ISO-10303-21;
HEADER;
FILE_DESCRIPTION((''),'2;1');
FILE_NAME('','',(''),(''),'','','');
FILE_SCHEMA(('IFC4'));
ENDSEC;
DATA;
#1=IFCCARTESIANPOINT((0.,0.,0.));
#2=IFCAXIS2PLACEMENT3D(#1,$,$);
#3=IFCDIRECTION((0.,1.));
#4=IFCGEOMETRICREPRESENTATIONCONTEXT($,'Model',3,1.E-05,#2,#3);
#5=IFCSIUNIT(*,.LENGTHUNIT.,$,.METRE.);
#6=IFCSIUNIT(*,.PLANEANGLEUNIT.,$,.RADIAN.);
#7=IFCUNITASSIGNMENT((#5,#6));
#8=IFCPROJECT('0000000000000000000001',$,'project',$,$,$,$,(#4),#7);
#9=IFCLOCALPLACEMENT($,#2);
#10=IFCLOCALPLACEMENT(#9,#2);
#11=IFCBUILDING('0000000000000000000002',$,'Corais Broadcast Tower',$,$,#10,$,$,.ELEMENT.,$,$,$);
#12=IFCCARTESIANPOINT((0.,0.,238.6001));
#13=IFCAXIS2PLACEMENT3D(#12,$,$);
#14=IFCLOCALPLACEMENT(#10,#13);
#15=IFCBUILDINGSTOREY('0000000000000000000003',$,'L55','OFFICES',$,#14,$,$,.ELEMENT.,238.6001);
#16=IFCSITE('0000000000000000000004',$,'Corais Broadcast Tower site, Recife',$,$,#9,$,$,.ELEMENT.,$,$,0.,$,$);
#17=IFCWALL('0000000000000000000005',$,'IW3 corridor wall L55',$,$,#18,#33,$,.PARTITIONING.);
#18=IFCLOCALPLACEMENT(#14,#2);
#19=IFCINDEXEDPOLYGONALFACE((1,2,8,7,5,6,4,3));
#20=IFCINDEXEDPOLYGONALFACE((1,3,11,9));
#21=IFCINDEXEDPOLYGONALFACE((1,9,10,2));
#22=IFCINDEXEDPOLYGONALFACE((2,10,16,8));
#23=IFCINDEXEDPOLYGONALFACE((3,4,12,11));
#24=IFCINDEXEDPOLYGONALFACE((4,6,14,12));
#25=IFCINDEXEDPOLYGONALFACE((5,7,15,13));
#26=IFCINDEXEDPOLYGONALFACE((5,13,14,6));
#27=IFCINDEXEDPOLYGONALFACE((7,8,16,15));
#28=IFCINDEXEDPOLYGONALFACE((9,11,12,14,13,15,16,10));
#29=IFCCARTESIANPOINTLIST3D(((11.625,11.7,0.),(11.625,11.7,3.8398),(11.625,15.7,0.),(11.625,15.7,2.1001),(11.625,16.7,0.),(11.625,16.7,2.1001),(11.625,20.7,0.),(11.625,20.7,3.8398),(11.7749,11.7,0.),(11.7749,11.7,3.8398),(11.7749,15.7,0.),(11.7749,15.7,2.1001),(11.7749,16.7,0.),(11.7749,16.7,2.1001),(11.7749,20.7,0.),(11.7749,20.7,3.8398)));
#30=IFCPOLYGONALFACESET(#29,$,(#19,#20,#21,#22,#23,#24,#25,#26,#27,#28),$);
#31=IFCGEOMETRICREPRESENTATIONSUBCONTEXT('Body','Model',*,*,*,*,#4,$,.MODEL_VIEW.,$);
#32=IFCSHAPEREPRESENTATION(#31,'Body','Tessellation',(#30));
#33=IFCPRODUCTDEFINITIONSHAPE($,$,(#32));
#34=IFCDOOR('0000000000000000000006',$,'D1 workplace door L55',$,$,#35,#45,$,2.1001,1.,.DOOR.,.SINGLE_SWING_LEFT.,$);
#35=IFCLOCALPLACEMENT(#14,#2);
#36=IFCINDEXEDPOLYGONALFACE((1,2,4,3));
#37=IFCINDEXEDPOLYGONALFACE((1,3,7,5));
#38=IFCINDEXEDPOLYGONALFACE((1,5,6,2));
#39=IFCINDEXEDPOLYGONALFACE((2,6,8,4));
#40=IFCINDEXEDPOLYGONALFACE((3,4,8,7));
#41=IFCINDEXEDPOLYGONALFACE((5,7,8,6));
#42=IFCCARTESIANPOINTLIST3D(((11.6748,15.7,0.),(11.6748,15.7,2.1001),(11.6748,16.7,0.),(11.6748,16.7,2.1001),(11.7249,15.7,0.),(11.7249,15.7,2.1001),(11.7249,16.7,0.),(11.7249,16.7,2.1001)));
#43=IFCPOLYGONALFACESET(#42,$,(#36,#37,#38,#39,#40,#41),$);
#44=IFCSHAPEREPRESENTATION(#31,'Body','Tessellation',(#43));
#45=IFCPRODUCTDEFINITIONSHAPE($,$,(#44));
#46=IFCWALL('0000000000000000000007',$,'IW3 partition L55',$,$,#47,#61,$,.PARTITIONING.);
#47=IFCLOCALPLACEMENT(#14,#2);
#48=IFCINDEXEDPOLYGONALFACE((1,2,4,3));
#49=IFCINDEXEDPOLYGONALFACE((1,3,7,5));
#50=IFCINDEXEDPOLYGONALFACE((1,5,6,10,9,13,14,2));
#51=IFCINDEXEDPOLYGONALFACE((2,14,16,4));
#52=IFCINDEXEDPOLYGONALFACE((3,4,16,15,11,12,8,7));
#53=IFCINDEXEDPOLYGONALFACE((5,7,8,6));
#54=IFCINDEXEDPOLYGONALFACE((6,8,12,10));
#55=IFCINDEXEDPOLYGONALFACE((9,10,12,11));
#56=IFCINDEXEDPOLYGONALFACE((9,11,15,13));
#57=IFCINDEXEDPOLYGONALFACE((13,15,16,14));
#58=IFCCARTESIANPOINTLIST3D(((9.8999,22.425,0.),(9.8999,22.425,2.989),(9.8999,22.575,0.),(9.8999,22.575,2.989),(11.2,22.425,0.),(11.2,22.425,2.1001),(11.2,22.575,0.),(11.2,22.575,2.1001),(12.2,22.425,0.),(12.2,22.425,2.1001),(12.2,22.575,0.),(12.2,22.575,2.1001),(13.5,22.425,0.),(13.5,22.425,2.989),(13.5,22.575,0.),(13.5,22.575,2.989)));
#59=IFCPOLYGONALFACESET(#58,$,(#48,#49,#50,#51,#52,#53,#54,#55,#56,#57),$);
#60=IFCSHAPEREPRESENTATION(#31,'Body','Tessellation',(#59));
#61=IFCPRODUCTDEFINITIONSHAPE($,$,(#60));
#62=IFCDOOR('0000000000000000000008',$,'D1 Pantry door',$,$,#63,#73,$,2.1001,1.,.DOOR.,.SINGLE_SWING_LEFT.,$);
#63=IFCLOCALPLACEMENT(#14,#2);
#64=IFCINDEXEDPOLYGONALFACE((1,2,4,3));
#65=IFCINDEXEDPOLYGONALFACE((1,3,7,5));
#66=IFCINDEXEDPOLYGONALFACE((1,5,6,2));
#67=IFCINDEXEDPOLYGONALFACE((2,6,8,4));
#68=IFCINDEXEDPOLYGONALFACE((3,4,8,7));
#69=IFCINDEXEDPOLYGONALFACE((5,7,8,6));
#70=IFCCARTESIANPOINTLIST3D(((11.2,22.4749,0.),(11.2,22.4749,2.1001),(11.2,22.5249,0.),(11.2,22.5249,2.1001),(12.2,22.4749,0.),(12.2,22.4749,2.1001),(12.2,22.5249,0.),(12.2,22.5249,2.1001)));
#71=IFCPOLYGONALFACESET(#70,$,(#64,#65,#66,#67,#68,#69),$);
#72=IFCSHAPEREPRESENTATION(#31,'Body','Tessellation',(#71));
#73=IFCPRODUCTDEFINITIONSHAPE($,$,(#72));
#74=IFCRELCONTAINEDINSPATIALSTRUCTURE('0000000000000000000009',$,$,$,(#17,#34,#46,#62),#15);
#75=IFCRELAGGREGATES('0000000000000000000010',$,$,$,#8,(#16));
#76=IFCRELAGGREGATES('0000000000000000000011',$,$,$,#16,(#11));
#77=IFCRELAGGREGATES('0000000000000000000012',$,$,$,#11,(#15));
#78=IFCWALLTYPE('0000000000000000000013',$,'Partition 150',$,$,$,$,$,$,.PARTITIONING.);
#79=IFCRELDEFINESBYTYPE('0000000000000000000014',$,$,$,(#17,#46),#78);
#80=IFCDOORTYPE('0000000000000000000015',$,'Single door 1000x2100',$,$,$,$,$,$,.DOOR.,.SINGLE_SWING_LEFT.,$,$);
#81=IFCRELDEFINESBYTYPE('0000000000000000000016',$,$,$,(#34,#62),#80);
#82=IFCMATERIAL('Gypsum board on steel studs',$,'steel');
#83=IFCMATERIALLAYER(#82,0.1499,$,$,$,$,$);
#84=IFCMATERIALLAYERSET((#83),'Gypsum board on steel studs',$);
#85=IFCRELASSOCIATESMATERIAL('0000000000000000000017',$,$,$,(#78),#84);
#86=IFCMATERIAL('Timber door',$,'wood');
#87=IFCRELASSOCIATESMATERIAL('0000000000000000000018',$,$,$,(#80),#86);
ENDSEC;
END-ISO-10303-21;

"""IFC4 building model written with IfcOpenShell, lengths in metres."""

from ifc_helpers import new_model, si_unit, direction, frame, frame_2d, origin, place, context, subcontext, project, spatial, rectangle, extrude, material, layer, layer_set, type_object, element, fill, save


model = new_model("IFC4")

# Units and contexts
model_context = context("Model", 3, precision=1e-05, world=origin(), true_north=direction((0.0, 1.0)))
body_context = subcontext(model_context, "Body", "Model", "MODEL_VIEW")
ifc_project = project(units=[si_unit("LENGTHUNIT", "METRE"), si_unit("PLANEANGLEUNIT", "RADIAN")], contexts=[model_context])

# Site, building, storey
site_placement = place(None, origin())
site = spatial("IfcSite", under=ifc_project, at=site_placement, Name="Corais Broadcast Tower site, Recife", CompositionType="ELEMENT", RefElevation=0.0)
building_placement = place(site_placement, origin())
building = spatial("IfcBuilding", under=site, at=building_placement, Name="Corais Broadcast Tower", CompositionType="ELEMENT")
storey_placement = place(building_placement, frame((0.0, 0.0, 238.6001)))
storey = spatial("IfcBuildingStorey", under=building, at=storey_placement, Name="L55", Description="OFFICES", CompositionType="ELEMENT", Elevation=238.6001)

# Walls, openings, doors
ifc_material_1 = material(Name="Gypsum board on steel studs", Category="steel")
ifc_layer_1 = layer(ifc_material_1, 0.1499)
ifc_layer_set_1 = layer_set([ifc_layer_1], Name="Gypsum board on steel studs")
wall_type_1 = type_object("IfcWallType", Name="Partition 150", PredefinedType="PARTITIONING", material=ifc_layer_set_1)
wall_1_placement = place(storey_placement, frame((11.7, 20.7, 0.0), z_axis=(0.0, 0.0, 1.0), x_axis=(0.0, -1.0, 0.0)))
wall_1 = element("IfcWall", 1, at=wall_1_placement, inside=storey, type_object=wall_type_1, Name="IW3 corridor wall L55", PredefinedType="PARTITIONING", context=body_context, shape_type="SweptSolid", body=[
    extrude(rectangle(XDim=9.0, YDim=0.1499, at=frame_2d((4.5, 0.0))), origin(), (0.0, 0.0, 1.0), 3.8398),
])
opening_1_placement = place(wall_1_placement, frame((4.0, 0.0, 0.0)))
opening_1 = element("IfcOpeningElement", 2, at=opening_1_placement, cuts=wall_1, PredefinedType="OPENING", context=body_context, shape_type="SweptSolid", body=[
    extrude(rectangle(XDim=1.0, YDim=2.1001, at=frame_2d((0.5, 1.05))), frame((0.0, 0.085, 0.0), z_axis=(0.0, -1.0, 0.0), x_axis=(1.0, 0.0, 0.0)), (0.0, 0.0, 1.0), 0.1699),
])
ifc_material_2 = material(Name="Timber door", Category="wood")
door_type_1 = type_object("IfcDoorType", Name="Single door 1000x2100", OperationType="SINGLE_SWING_LEFT", PredefinedType="DOOR", material=ifc_material_2)
door_1_placement = place(opening_1_placement, origin())
door_1 = element("IfcDoor", 3, at=door_1_placement, inside=storey, type_object=door_type_1, Name="D1 workplace door L55", OperationType="SINGLE_SWING_LEFT", OverallHeight=2.1001, OverallWidth=1.0, PredefinedType="DOOR", context=body_context, shape_type="SweptSolid", body=[
    extrude(rectangle(XDim=1.0, YDim=2.1001, at=frame_2d((0.5, 1.05))), frame((0.0, 0.0249, 0.0), z_axis=(0.0, -1.0, 0.0), x_axis=(1.0, 0.0, 0.0)), (0.0, 0.0, 1.0), 0.05),
])
fill(opening_1, door_1)
wall_2_placement = place(storey_placement, frame((9.8999, 22.5, 0.0), z_axis=(0.0, 0.0, 1.0), x_axis=(1.0, 0.0, 0.0)))
wall_2 = element("IfcWall", 4, at=wall_2_placement, inside=storey, type_object=wall_type_1, Name="IW3 partition L55", PredefinedType="PARTITIONING", context=body_context, shape_type="SweptSolid", body=[
    extrude(rectangle(XDim=3.6001, YDim=0.1499, at=frame_2d((1.8, 0.0))), origin(), (0.0, 0.0, 1.0), 2.989),
])
opening_2_placement = place(wall_2_placement, frame((1.3, 0.0, 0.0)))
opening_2 = element("IfcOpeningElement", 5, at=opening_2_placement, cuts=wall_2, PredefinedType="OPENING", context=body_context, shape_type="SweptSolid", body=[
    extrude(rectangle(XDim=1.0, YDim=2.1001, at=frame_2d((0.5, 1.05))), frame((0.0, 0.085, 0.0), z_axis=(0.0, -1.0, 0.0), x_axis=(1.0, 0.0, 0.0)), (0.0, 0.0, 1.0), 0.1699),
])
door_2_placement = place(opening_2_placement, origin())
door_2 = element("IfcDoor", 6, at=door_2_placement, inside=storey, type_object=door_type_1, Name="D1 Pantry door", OperationType="SINGLE_SWING_LEFT", OverallHeight=2.1001, OverallWidth=1.0, PredefinedType="DOOR", context=body_context, shape_type="SweptSolid", body=[
    extrude(rectangle(XDim=1.0, YDim=2.1001, at=frame_2d((0.5, 1.05))), frame((0.0, 0.0249, 0.0), z_axis=(0.0, -1.0, 0.0), x_axis=(1.0, 0.0, 0.0)), (0.0, 0.0, 1.0), 0.05),
])
fill(opening_2, door_2)

save(model, "model.ifc")
